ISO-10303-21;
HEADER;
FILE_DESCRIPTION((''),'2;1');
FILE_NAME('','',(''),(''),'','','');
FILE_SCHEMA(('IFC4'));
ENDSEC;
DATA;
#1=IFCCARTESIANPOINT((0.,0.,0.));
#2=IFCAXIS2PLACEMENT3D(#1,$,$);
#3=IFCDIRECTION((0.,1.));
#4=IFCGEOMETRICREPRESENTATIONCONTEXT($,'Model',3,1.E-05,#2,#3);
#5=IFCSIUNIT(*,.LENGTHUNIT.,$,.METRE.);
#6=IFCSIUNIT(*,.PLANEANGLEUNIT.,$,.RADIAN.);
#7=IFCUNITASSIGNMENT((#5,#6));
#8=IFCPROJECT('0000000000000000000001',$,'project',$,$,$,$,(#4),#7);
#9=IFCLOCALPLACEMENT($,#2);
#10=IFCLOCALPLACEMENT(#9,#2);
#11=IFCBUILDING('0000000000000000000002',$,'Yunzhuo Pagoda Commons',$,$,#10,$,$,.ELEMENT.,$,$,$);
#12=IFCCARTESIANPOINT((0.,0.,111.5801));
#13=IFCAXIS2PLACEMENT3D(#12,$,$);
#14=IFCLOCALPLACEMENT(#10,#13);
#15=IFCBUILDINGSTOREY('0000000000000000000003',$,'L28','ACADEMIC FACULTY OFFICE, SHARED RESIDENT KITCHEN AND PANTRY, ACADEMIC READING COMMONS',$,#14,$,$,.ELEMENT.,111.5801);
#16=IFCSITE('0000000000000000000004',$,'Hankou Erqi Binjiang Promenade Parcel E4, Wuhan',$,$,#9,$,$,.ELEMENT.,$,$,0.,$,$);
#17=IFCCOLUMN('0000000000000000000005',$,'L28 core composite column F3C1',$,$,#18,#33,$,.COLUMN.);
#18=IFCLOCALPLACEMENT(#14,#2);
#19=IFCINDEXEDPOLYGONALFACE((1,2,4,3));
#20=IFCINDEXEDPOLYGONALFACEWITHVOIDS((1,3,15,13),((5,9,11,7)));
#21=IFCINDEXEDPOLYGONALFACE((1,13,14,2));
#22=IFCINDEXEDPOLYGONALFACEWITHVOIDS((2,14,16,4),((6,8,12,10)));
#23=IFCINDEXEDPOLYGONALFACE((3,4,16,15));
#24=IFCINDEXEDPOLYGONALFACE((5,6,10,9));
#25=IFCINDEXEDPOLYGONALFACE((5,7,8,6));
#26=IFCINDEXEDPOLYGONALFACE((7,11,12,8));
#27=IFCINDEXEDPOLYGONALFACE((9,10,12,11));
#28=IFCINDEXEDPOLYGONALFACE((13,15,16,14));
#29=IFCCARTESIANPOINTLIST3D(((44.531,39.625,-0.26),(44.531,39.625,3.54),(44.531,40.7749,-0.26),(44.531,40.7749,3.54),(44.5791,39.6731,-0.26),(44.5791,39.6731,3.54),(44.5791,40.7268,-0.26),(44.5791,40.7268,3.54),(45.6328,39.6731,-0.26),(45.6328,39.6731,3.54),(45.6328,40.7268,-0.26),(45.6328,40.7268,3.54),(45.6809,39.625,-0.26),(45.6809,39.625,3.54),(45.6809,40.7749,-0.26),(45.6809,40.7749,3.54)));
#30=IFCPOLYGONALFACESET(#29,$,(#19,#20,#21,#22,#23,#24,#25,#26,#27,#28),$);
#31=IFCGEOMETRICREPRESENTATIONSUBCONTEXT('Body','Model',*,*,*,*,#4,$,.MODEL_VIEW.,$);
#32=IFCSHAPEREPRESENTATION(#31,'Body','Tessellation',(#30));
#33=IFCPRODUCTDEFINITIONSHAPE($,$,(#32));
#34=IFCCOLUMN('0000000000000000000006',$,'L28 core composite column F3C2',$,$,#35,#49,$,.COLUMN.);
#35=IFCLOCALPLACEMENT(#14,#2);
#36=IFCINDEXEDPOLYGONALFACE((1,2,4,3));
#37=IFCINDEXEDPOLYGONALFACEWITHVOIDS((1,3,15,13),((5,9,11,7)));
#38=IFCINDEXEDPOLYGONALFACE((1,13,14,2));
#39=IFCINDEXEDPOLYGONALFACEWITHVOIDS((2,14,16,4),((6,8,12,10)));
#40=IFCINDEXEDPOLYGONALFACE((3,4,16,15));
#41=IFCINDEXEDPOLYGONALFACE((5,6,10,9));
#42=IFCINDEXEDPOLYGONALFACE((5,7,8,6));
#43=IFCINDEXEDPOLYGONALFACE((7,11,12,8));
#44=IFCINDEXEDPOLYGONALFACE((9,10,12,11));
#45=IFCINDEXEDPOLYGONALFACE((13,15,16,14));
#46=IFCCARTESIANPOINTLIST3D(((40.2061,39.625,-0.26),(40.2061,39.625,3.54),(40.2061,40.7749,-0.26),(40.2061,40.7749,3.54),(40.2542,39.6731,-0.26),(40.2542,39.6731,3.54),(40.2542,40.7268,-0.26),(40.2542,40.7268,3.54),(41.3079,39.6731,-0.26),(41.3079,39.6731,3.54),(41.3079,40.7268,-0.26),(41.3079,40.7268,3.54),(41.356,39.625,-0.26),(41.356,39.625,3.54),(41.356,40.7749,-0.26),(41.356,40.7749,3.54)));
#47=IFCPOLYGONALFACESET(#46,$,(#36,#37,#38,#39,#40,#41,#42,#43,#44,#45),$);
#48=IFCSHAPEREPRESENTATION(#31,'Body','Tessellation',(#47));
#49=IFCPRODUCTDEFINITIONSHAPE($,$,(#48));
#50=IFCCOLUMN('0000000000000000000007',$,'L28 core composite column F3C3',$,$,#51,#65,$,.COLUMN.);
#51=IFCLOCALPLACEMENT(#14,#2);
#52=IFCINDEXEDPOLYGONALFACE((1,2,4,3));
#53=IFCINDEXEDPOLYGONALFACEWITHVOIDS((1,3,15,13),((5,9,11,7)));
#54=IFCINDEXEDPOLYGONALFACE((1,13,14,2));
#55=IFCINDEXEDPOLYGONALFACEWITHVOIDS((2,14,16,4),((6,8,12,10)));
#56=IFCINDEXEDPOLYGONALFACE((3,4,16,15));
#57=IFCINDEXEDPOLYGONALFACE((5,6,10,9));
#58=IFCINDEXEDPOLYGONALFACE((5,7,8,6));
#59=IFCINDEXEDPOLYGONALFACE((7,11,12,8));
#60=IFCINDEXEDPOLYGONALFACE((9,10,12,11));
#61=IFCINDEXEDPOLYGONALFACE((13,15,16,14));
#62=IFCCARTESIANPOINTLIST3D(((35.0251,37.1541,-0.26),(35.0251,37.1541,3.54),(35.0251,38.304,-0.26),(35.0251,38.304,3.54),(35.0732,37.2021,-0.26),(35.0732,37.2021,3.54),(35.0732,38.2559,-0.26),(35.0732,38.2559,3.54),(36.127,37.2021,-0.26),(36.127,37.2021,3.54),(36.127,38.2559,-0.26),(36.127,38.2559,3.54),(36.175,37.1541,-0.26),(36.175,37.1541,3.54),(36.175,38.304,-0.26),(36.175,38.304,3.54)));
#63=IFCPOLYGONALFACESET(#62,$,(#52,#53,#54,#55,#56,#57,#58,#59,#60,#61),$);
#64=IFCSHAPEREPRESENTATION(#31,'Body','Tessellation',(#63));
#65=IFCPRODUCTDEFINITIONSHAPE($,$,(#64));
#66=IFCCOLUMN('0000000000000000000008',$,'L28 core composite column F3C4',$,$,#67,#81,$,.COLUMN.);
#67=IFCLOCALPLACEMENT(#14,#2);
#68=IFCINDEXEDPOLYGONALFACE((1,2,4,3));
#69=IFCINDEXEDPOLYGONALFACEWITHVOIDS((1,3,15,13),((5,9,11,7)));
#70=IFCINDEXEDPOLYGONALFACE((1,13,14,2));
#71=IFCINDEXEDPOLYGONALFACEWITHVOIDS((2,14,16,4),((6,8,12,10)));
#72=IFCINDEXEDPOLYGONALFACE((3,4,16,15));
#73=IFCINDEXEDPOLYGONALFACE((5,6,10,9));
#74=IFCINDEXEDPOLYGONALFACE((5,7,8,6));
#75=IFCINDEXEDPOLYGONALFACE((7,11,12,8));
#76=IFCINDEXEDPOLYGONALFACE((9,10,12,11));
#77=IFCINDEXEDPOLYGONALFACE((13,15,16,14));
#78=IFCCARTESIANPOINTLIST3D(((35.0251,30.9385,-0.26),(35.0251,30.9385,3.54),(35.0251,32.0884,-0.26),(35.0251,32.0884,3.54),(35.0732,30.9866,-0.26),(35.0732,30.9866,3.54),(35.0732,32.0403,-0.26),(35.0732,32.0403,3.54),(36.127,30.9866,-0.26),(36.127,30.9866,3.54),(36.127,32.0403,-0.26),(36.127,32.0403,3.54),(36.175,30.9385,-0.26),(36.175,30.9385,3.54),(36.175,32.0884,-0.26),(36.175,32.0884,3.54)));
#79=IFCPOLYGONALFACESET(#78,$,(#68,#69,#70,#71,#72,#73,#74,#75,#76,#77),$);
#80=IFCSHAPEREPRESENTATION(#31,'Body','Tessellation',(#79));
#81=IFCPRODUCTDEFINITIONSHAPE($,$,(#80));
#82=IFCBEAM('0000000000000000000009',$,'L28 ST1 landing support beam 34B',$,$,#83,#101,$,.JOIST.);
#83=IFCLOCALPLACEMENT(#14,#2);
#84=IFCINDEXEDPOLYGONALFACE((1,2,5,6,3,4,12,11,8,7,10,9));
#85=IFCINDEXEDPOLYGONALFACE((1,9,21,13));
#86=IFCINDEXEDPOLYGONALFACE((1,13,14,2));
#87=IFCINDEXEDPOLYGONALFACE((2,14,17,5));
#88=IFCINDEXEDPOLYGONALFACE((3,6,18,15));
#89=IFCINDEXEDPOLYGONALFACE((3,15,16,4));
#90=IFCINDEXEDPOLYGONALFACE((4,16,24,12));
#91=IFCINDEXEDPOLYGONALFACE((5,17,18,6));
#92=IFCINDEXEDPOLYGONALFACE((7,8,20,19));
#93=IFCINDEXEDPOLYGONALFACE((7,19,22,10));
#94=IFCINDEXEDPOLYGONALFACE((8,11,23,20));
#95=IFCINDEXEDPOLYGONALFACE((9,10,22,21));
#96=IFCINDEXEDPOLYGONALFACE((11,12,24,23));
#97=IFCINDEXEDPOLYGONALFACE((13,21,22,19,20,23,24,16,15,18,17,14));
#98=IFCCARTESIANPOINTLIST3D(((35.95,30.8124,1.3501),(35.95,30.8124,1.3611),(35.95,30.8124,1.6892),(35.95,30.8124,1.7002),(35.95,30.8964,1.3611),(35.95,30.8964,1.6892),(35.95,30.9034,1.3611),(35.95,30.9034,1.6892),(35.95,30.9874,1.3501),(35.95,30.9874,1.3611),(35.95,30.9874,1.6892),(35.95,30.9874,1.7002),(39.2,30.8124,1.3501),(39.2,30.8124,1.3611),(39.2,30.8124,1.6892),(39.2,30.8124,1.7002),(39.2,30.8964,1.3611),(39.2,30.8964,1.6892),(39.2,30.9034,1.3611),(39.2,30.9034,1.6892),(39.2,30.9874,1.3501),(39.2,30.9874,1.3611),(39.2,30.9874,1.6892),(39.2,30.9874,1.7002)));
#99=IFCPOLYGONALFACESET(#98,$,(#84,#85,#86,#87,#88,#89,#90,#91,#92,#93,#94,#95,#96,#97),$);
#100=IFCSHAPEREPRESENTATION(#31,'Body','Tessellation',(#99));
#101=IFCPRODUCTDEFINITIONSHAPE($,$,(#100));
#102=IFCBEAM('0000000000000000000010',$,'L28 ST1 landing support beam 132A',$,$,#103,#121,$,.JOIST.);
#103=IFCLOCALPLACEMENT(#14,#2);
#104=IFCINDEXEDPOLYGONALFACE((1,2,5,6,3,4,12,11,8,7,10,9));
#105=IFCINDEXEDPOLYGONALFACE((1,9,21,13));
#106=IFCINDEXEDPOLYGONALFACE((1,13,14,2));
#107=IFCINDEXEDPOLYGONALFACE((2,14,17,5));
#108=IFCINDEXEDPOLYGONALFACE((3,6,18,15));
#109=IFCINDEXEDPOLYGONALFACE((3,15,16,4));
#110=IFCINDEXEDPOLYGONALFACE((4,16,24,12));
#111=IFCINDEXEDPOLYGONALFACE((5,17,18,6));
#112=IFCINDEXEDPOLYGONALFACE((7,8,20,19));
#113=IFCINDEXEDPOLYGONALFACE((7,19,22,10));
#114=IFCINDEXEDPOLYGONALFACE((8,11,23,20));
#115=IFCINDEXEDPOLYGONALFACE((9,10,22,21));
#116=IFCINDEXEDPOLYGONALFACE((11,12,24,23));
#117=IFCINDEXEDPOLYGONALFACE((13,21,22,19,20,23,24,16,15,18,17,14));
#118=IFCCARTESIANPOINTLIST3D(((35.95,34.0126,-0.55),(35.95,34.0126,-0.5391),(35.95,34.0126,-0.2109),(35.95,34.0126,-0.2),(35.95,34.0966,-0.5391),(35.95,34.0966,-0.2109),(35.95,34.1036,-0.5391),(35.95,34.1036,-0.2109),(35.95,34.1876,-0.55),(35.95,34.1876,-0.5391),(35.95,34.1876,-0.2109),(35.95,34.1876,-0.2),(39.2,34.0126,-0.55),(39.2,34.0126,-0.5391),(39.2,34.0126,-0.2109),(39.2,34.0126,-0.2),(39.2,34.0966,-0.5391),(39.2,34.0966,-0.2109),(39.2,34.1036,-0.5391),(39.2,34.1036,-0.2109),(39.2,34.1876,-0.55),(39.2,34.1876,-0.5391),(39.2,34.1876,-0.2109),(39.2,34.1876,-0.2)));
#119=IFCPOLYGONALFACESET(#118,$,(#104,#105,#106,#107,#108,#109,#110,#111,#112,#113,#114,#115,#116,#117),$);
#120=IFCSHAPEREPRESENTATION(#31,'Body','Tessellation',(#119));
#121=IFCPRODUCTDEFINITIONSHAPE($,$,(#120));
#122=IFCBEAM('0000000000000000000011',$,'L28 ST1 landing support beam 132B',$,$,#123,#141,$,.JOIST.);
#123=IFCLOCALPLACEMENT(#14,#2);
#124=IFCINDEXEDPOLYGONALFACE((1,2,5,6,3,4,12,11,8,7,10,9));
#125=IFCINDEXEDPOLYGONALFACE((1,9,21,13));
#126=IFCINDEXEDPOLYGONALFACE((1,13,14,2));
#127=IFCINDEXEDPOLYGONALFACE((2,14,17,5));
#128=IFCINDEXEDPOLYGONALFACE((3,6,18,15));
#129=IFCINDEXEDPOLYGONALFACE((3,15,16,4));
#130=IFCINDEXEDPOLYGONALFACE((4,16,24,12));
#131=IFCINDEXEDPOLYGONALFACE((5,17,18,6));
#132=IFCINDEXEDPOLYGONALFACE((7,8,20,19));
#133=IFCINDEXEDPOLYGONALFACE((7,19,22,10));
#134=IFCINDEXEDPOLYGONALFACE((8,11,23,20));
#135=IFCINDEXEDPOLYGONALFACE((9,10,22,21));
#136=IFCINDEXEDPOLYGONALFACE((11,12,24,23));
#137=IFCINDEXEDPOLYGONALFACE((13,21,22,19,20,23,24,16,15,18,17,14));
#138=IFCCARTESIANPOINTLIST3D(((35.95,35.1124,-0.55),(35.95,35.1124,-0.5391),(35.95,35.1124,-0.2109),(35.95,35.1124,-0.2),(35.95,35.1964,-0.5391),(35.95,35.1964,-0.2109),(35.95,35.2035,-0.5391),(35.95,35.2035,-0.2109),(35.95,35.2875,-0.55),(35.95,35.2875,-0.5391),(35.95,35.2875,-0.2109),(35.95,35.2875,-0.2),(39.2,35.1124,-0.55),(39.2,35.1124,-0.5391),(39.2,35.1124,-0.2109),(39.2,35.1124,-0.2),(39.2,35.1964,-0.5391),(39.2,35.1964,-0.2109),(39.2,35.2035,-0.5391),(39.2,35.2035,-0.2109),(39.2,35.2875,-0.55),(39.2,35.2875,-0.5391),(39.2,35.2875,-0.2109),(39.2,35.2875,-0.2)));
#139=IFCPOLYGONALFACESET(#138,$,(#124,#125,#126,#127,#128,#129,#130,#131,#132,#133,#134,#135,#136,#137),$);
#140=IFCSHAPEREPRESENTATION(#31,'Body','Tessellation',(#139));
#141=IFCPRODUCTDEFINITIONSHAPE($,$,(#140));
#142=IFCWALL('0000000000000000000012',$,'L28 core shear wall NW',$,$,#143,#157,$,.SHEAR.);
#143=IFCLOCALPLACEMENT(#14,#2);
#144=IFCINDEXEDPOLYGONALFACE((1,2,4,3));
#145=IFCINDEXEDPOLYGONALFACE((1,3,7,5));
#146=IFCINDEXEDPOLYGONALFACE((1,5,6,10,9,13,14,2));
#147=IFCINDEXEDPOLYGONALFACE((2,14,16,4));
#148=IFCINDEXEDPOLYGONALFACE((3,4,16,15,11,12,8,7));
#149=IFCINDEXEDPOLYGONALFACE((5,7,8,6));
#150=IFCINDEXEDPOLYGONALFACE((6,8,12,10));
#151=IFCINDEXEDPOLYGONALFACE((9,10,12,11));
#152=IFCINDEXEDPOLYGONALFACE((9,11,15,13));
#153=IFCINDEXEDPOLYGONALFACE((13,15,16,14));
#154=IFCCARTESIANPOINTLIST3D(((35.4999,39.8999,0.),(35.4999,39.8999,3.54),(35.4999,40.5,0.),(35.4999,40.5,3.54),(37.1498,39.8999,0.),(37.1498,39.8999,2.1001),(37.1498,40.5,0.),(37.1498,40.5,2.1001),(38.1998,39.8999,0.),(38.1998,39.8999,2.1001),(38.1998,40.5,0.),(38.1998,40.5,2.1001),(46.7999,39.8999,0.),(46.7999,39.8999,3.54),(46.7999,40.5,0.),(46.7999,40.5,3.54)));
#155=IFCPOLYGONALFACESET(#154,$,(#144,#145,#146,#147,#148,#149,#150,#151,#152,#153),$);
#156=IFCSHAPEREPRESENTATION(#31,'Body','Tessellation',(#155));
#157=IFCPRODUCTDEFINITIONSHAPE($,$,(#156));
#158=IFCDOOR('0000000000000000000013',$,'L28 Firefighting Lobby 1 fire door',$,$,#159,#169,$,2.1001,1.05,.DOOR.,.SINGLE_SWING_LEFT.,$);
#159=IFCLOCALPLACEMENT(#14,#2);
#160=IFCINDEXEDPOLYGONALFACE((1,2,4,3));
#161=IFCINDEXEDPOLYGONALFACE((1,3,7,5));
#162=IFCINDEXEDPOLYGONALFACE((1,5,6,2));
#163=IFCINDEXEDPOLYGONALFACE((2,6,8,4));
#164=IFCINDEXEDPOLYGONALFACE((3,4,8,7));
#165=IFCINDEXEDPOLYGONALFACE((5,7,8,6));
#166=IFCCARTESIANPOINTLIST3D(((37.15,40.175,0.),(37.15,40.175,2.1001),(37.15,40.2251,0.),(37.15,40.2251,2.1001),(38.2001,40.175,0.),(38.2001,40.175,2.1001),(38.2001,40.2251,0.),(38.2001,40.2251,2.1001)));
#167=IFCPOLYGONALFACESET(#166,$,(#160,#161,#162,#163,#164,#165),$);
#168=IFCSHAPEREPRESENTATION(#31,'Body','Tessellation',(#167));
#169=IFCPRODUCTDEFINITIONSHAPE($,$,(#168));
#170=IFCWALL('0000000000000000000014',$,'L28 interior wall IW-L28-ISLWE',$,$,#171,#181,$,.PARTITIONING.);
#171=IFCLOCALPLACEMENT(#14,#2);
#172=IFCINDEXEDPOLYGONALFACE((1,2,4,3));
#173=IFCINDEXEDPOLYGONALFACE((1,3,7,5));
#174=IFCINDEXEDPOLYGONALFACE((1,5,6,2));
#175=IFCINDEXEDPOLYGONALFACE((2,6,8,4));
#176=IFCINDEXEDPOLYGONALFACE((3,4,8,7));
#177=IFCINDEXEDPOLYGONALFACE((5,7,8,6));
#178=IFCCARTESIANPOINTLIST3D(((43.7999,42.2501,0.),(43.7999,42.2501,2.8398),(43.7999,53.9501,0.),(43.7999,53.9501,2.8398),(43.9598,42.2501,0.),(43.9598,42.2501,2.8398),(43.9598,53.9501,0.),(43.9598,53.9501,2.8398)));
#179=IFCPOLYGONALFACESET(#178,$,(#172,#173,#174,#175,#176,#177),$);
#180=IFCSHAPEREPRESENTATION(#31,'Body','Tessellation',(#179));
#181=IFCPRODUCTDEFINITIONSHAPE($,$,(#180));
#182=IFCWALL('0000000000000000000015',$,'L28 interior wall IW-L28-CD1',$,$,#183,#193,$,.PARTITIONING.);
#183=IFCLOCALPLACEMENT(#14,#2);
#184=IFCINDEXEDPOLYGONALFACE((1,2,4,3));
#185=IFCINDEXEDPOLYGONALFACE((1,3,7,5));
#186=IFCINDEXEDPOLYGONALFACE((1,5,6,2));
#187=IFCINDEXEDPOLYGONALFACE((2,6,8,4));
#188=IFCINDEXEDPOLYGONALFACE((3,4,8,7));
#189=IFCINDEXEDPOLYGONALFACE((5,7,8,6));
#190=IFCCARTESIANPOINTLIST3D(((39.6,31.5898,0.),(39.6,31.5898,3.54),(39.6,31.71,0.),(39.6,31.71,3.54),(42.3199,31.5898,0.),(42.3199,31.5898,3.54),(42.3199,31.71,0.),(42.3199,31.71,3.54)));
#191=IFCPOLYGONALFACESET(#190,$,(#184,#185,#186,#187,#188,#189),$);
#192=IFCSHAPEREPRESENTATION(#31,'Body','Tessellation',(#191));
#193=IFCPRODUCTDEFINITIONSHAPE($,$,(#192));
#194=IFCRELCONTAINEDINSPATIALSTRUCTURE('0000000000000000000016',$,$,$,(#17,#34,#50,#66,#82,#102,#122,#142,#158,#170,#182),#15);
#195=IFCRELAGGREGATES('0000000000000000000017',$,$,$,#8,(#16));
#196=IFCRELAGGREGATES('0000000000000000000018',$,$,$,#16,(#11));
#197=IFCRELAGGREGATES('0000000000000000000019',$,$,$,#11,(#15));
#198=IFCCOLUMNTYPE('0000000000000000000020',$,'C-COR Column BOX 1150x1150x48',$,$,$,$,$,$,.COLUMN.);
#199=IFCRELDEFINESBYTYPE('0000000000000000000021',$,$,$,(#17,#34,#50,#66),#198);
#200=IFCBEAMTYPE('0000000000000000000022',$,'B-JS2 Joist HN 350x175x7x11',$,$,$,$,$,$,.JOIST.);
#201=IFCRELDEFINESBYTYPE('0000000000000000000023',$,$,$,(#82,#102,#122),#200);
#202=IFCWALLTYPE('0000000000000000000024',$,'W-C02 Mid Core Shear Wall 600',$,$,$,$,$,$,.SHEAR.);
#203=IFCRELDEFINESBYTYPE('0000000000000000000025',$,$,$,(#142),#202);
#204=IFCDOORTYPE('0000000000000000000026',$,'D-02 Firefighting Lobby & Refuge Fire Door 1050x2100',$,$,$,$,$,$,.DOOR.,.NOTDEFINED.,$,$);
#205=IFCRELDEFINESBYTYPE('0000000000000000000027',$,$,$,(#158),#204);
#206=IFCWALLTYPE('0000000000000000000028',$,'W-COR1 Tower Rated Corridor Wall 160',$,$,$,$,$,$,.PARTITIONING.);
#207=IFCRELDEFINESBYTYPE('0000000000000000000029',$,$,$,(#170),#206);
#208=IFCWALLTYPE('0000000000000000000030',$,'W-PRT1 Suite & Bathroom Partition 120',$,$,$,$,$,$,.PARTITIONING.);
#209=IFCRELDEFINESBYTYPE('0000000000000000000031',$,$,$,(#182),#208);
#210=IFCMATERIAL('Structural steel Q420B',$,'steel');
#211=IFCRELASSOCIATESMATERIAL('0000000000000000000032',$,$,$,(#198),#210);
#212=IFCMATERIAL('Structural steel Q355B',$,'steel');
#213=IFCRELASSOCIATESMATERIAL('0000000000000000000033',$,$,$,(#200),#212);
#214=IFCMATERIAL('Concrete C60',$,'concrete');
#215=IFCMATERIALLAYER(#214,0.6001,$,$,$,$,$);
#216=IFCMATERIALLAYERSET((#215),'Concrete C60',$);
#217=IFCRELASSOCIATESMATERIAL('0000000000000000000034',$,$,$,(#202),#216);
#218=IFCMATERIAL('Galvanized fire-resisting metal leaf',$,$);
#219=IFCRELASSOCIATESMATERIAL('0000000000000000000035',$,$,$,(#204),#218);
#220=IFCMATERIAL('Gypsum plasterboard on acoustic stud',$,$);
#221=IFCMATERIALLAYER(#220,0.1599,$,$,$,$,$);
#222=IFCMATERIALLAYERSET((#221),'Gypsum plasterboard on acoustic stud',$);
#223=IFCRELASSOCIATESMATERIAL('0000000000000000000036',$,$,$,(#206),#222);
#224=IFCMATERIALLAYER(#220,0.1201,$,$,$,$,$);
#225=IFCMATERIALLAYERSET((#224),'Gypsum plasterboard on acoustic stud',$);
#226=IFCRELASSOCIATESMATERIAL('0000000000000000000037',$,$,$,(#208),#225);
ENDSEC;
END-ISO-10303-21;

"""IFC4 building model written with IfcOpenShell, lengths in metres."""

from ifc_helpers import new_model, si_unit, direction, frame, frame_2d, origin, origin_2d, place, context, subcontext, project, spatial, rectangle, hollow_rectangle, i_section, extrude, source, transform, mapped, material, layer, layer_set, material_profile, profile_set, type_object, element, fill, save


model = new_model("IFC4")

# Units and contexts
model_context = context("Model", 3, precision=1e-05, world=origin(), true_north=direction((0.0, 1.0)))
body_context = subcontext(model_context, "Body", "Model", "MODEL_VIEW")
ifc_project = project(units=[si_unit("LENGTHUNIT", "METRE"), si_unit("PLANEANGLEUNIT", "RADIAN")], contexts=[model_context])

# Site, building, storey
site_placement = place(None, origin())
site = spatial("IfcSite", under=ifc_project, at=site_placement, Name="Hankou Erqi Binjiang Promenade Parcel E4, Wuhan", CompositionType="ELEMENT", RefElevation=0.0)
building_placement = place(site_placement, origin())
building = spatial("IfcBuilding", under=site, at=building_placement, Name="Yunzhuo Pagoda Commons", CompositionType="ELEMENT")
storey_placement = place(building_placement, frame((0.0, 0.0, 111.5801)))
storey = spatial("IfcBuildingStorey", under=building, at=storey_placement, Name="L28", Description="ACADEMIC FACULTY OFFICE, SHARED RESIDENT KITCHEN AND PANTRY, ACADEMIC READING COMMONS", CompositionType="ELEMENT", Elevation=111.5801)

# Columns
ifc_material_1 = material(Name="Structural steel Q420B", Category="steel")
ifc_material_profile_1 = material_profile(ifc_material_1, hollow_rectangle(XDim=1.1499, YDim=1.1499, WallThickness=0.0481, at=origin_2d()), Name="Structural steel Q420B")
ifc_profile_set_1 = profile_set([ifc_material_profile_1], Name="Structural steel Q420B")
column_type = type_object("IfcColumnType", Name="C-COR Column BOX 1150x1150x48", PredefinedType="COLUMN", material=ifc_profile_set_1)
shared_shape_1 = source(origin(), body_context, "Body", "SweptSolid", [
    extrude(hollow_rectangle(XDim=1.1499, YDim=1.1499, WallThickness=0.0481, at=origin_2d()), origin(), (0.0, 0.0, 1.0), 3.8),
])
for number, where, z_axis, x_axis, name in (
    (1, (45.106, 40.2, -0.26), (0.0, 0.0, 1.0), (1.0, 0.0, 0.0), "L28 core composite column F3C1"),
    (2, (40.781, 40.2, -0.26), (0.0, 0.0, 1.0), (1.0, 0.0, 0.0), "L28 core composite column F3C2"),
    (3, (35.6001, 37.729, -0.26), (0.0, 0.0, 1.0), (1.0, 0.0, 0.0), "L28 core composite column F3C3"),
    (4, (35.6001, 31.5134, -0.26), (0.0, 0.0, 1.0), (1.0, 0.0, 0.0), "L28 core composite column F3C4"),
):
    element("IfcColumn", number, at=place(storey_placement, frame(where, z_axis=z_axis, x_axis=x_axis)), inside=storey, type_object=column_type, Name=name, PredefinedType="COLUMN", context=body_context, shape_type="MappedRepresentation", body=[
        mapped(shared_shape_1, transform((0.0, 0.0, 0.0), scale=1.0)),
    ])

# Beams
ifc_material_2 = material(Name="Structural steel Q355B", Category="steel")
ifc_material_profile_2 = material_profile(ifc_material_2, i_section(OverallWidth=0.175, OverallDepth=0.3501, WebThickness=0.0071, FlangeThickness=0.011, at=origin_2d()), Name="Structural steel Q355B")
ifc_profile_set_2 = profile_set([ifc_material_profile_2], Name="Structural steel Q355B")
beam_type = type_object("IfcBeamType", Name="B-JS2 Joist HN 350x175x7x11", PredefinedType="JOIST", material=ifc_profile_set_2)
shared_shape_2 = source(origin(), body_context, "Body", "SweptSolid", [
    extrude(i_section(OverallWidth=0.175, OverallDepth=0.3501, WebThickness=0.0071, FlangeThickness=0.011, at=origin_2d()), origin(), (0.0, 0.0, 1.0), 3.25),
])
for number, where, z_axis, x_axis, name in (
    (5, (35.95, 30.8999, 1.5251), (1.0, 0.0, 0.0), (0.0, 1.0, 0.0), "L28 ST1 landing support beam 34B"),
    (6, (35.95, 34.1001, -0.375), (1.0, 0.0, 0.0), (0.0, 1.0, 0.0), "L28 ST1 landing support beam 132A"),
    (7, (35.95, 35.2, -0.375), (1.0, 0.0, 0.0), (0.0, 1.0, 0.0), "L28 ST1 landing support beam 132B"),
):
    element("IfcBeam", number, at=place(storey_placement, frame(where, z_axis=z_axis, x_axis=x_axis)), inside=storey, type_object=beam_type, Name=name, PredefinedType="JOIST", context=body_context, shape_type="MappedRepresentation", body=[
        mapped(shared_shape_2, transform((0.0, 0.0, 0.0), scale=1.0)),
    ])

# Wall, opening, door
ifc_material_3 = material(Name="Concrete C60", Category="concrete")
ifc_layer_1 = layer(ifc_material_3, 0.6001)
ifc_layer_set_1 = layer_set([ifc_layer_1], Name="Concrete C60")
wall_type_1 = type_object("IfcWallType", Name="W-C02 Mid Core Shear Wall 600", PredefinedType="SHEAR", material=ifc_layer_set_1)
wall_1_placement = place(storey_placement, frame((35.5, 40.2, 0.0), z_axis=(0.0, 0.0, 1.0), x_axis=(1.0, 0.0, 0.0)))
wall_1 = element("IfcWall", 8, at=wall_1_placement, inside=storey, type_object=wall_type_1, Name="L28 core shear wall NW", PredefinedType="SHEAR", context=body_context, shape_type="SweptSolid", body=[
    extrude(rectangle(XDim=11.3, YDim=0.6001, at=frame_2d((5.6499, 0.0))), origin(), (0.0, 0.0, 1.0), 3.54),
])
opening_1_placement = place(wall_1_placement, frame((1.6499, 0.0, 0.0)))
opening_1 = element("IfcOpeningElement", 9, at=opening_1_placement, cuts=wall_1, PredefinedType="OPENING", context=body_context, shape_type="SweptSolid", body=[
    extrude(rectangle(XDim=1.05, YDim=2.1001, at=frame_2d((0.5249, 1.05))), frame((0.0, 0.3101, 0.0), z_axis=(0.0, -1.0, 0.0), x_axis=(1.0, 0.0, 0.0)), (0.0, 0.0, 1.0), 0.6201),
])
ifc_material_4 = material(Name="Galvanized fire-resisting metal leaf")
door_type_1 = type_object("IfcDoorType", Name="D-02 Firefighting Lobby & Refuge Fire Door 1050x2100", OperationType="NOTDEFINED", PredefinedType="DOOR", material=ifc_material_4)
shared_shape_3 = source(origin(), body_context, "Body", "SweptSolid", [
    extrude(rectangle(XDim=1.05, YDim=2.1001, at=frame_2d((0.5249, 1.05))), frame((0.0, 0.0249, 0.0), z_axis=(0.0, -1.0, 0.0), x_axis=(1.0, 0.0, 0.0)), (0.0, 0.0, 1.0), 0.05),
])
door_1_placement = place(opening_1_placement, frame((1.05, 0.0, 0.0), z_axis=(0.0, 0.0, 1.0), x_axis=(-1.0, 0.0, 0.0)))
door_1 = element("IfcDoor", 10, at=door_1_placement, inside=storey, type_object=door_type_1, Name="L28 Firefighting Lobby 1 fire door", OperationType="SINGLE_SWING_LEFT", OverallHeight=2.1001, OverallWidth=1.05, PredefinedType="DOOR", context=body_context, shape_type="MappedRepresentation", body=[
    mapped(shared_shape_3, transform((0.0, 0.0, 0.0), scale=1.0)),
])
fill(opening_1, door_1)

# Walls
ifc_material_5 = material(Name="Gypsum plasterboard on acoustic stud")
ifc_layer_2 = layer(ifc_material_5, 0.1599)
ifc_layer_set_2 = layer_set([ifc_layer_2], Name="Gypsum plasterboard on acoustic stud")
wall_type_2 = type_object("IfcWallType", Name="W-COR1 Tower Rated Corridor Wall 160", PredefinedType="PARTITIONING", material=ifc_layer_set_2)
wall_2_placement = place(storey_placement, frame((43.8799, 42.25, 0.0), z_axis=(0.0, 0.0, 1.0), x_axis=(0.0, 1.0, 0.0)))
element("IfcWall", 11, at=wall_2_placement, inside=storey, type_object=wall_type_2, Name="L28 interior wall IW-L28-ISLWE", PredefinedType="PARTITIONING", context=body_context, shape_type="SweptSolid", body=[
    extrude(rectangle(XDim=11.7, YDim=0.1599, at=frame_2d((5.8501, 0.0))), origin(), (0.0, 0.0, 1.0), 2.8398),
])
ifc_layer_3 = layer(ifc_material_5, 0.1201)
ifc_layer_set_3 = layer_set([ifc_layer_3], Name="Gypsum plasterboard on acoustic stud")
wall_type_3 = type_object("IfcWallType", Name="W-PRT1 Suite & Bathroom Partition 120", PredefinedType="PARTITIONING", material=ifc_layer_set_3)
wall_3_placement = place(storey_placement, frame((39.6001, 31.6499, 0.0), z_axis=(0.0, 0.0, 1.0), x_axis=(1.0, 0.0, 0.0)))
element("IfcWall", 12, at=wall_3_placement, inside=storey, type_object=wall_type_3, Name="L28 interior wall IW-L28-CD1", PredefinedType="PARTITIONING", context=body_context, shape_type="SweptSolid", body=[
    extrude(rectangle(XDim=2.72, YDim=0.1201, at=frame_2d((1.3599, 0.0))), origin(), (0.0, 0.0, 1.0), 3.54),
])

save(model, "model.ifc")
